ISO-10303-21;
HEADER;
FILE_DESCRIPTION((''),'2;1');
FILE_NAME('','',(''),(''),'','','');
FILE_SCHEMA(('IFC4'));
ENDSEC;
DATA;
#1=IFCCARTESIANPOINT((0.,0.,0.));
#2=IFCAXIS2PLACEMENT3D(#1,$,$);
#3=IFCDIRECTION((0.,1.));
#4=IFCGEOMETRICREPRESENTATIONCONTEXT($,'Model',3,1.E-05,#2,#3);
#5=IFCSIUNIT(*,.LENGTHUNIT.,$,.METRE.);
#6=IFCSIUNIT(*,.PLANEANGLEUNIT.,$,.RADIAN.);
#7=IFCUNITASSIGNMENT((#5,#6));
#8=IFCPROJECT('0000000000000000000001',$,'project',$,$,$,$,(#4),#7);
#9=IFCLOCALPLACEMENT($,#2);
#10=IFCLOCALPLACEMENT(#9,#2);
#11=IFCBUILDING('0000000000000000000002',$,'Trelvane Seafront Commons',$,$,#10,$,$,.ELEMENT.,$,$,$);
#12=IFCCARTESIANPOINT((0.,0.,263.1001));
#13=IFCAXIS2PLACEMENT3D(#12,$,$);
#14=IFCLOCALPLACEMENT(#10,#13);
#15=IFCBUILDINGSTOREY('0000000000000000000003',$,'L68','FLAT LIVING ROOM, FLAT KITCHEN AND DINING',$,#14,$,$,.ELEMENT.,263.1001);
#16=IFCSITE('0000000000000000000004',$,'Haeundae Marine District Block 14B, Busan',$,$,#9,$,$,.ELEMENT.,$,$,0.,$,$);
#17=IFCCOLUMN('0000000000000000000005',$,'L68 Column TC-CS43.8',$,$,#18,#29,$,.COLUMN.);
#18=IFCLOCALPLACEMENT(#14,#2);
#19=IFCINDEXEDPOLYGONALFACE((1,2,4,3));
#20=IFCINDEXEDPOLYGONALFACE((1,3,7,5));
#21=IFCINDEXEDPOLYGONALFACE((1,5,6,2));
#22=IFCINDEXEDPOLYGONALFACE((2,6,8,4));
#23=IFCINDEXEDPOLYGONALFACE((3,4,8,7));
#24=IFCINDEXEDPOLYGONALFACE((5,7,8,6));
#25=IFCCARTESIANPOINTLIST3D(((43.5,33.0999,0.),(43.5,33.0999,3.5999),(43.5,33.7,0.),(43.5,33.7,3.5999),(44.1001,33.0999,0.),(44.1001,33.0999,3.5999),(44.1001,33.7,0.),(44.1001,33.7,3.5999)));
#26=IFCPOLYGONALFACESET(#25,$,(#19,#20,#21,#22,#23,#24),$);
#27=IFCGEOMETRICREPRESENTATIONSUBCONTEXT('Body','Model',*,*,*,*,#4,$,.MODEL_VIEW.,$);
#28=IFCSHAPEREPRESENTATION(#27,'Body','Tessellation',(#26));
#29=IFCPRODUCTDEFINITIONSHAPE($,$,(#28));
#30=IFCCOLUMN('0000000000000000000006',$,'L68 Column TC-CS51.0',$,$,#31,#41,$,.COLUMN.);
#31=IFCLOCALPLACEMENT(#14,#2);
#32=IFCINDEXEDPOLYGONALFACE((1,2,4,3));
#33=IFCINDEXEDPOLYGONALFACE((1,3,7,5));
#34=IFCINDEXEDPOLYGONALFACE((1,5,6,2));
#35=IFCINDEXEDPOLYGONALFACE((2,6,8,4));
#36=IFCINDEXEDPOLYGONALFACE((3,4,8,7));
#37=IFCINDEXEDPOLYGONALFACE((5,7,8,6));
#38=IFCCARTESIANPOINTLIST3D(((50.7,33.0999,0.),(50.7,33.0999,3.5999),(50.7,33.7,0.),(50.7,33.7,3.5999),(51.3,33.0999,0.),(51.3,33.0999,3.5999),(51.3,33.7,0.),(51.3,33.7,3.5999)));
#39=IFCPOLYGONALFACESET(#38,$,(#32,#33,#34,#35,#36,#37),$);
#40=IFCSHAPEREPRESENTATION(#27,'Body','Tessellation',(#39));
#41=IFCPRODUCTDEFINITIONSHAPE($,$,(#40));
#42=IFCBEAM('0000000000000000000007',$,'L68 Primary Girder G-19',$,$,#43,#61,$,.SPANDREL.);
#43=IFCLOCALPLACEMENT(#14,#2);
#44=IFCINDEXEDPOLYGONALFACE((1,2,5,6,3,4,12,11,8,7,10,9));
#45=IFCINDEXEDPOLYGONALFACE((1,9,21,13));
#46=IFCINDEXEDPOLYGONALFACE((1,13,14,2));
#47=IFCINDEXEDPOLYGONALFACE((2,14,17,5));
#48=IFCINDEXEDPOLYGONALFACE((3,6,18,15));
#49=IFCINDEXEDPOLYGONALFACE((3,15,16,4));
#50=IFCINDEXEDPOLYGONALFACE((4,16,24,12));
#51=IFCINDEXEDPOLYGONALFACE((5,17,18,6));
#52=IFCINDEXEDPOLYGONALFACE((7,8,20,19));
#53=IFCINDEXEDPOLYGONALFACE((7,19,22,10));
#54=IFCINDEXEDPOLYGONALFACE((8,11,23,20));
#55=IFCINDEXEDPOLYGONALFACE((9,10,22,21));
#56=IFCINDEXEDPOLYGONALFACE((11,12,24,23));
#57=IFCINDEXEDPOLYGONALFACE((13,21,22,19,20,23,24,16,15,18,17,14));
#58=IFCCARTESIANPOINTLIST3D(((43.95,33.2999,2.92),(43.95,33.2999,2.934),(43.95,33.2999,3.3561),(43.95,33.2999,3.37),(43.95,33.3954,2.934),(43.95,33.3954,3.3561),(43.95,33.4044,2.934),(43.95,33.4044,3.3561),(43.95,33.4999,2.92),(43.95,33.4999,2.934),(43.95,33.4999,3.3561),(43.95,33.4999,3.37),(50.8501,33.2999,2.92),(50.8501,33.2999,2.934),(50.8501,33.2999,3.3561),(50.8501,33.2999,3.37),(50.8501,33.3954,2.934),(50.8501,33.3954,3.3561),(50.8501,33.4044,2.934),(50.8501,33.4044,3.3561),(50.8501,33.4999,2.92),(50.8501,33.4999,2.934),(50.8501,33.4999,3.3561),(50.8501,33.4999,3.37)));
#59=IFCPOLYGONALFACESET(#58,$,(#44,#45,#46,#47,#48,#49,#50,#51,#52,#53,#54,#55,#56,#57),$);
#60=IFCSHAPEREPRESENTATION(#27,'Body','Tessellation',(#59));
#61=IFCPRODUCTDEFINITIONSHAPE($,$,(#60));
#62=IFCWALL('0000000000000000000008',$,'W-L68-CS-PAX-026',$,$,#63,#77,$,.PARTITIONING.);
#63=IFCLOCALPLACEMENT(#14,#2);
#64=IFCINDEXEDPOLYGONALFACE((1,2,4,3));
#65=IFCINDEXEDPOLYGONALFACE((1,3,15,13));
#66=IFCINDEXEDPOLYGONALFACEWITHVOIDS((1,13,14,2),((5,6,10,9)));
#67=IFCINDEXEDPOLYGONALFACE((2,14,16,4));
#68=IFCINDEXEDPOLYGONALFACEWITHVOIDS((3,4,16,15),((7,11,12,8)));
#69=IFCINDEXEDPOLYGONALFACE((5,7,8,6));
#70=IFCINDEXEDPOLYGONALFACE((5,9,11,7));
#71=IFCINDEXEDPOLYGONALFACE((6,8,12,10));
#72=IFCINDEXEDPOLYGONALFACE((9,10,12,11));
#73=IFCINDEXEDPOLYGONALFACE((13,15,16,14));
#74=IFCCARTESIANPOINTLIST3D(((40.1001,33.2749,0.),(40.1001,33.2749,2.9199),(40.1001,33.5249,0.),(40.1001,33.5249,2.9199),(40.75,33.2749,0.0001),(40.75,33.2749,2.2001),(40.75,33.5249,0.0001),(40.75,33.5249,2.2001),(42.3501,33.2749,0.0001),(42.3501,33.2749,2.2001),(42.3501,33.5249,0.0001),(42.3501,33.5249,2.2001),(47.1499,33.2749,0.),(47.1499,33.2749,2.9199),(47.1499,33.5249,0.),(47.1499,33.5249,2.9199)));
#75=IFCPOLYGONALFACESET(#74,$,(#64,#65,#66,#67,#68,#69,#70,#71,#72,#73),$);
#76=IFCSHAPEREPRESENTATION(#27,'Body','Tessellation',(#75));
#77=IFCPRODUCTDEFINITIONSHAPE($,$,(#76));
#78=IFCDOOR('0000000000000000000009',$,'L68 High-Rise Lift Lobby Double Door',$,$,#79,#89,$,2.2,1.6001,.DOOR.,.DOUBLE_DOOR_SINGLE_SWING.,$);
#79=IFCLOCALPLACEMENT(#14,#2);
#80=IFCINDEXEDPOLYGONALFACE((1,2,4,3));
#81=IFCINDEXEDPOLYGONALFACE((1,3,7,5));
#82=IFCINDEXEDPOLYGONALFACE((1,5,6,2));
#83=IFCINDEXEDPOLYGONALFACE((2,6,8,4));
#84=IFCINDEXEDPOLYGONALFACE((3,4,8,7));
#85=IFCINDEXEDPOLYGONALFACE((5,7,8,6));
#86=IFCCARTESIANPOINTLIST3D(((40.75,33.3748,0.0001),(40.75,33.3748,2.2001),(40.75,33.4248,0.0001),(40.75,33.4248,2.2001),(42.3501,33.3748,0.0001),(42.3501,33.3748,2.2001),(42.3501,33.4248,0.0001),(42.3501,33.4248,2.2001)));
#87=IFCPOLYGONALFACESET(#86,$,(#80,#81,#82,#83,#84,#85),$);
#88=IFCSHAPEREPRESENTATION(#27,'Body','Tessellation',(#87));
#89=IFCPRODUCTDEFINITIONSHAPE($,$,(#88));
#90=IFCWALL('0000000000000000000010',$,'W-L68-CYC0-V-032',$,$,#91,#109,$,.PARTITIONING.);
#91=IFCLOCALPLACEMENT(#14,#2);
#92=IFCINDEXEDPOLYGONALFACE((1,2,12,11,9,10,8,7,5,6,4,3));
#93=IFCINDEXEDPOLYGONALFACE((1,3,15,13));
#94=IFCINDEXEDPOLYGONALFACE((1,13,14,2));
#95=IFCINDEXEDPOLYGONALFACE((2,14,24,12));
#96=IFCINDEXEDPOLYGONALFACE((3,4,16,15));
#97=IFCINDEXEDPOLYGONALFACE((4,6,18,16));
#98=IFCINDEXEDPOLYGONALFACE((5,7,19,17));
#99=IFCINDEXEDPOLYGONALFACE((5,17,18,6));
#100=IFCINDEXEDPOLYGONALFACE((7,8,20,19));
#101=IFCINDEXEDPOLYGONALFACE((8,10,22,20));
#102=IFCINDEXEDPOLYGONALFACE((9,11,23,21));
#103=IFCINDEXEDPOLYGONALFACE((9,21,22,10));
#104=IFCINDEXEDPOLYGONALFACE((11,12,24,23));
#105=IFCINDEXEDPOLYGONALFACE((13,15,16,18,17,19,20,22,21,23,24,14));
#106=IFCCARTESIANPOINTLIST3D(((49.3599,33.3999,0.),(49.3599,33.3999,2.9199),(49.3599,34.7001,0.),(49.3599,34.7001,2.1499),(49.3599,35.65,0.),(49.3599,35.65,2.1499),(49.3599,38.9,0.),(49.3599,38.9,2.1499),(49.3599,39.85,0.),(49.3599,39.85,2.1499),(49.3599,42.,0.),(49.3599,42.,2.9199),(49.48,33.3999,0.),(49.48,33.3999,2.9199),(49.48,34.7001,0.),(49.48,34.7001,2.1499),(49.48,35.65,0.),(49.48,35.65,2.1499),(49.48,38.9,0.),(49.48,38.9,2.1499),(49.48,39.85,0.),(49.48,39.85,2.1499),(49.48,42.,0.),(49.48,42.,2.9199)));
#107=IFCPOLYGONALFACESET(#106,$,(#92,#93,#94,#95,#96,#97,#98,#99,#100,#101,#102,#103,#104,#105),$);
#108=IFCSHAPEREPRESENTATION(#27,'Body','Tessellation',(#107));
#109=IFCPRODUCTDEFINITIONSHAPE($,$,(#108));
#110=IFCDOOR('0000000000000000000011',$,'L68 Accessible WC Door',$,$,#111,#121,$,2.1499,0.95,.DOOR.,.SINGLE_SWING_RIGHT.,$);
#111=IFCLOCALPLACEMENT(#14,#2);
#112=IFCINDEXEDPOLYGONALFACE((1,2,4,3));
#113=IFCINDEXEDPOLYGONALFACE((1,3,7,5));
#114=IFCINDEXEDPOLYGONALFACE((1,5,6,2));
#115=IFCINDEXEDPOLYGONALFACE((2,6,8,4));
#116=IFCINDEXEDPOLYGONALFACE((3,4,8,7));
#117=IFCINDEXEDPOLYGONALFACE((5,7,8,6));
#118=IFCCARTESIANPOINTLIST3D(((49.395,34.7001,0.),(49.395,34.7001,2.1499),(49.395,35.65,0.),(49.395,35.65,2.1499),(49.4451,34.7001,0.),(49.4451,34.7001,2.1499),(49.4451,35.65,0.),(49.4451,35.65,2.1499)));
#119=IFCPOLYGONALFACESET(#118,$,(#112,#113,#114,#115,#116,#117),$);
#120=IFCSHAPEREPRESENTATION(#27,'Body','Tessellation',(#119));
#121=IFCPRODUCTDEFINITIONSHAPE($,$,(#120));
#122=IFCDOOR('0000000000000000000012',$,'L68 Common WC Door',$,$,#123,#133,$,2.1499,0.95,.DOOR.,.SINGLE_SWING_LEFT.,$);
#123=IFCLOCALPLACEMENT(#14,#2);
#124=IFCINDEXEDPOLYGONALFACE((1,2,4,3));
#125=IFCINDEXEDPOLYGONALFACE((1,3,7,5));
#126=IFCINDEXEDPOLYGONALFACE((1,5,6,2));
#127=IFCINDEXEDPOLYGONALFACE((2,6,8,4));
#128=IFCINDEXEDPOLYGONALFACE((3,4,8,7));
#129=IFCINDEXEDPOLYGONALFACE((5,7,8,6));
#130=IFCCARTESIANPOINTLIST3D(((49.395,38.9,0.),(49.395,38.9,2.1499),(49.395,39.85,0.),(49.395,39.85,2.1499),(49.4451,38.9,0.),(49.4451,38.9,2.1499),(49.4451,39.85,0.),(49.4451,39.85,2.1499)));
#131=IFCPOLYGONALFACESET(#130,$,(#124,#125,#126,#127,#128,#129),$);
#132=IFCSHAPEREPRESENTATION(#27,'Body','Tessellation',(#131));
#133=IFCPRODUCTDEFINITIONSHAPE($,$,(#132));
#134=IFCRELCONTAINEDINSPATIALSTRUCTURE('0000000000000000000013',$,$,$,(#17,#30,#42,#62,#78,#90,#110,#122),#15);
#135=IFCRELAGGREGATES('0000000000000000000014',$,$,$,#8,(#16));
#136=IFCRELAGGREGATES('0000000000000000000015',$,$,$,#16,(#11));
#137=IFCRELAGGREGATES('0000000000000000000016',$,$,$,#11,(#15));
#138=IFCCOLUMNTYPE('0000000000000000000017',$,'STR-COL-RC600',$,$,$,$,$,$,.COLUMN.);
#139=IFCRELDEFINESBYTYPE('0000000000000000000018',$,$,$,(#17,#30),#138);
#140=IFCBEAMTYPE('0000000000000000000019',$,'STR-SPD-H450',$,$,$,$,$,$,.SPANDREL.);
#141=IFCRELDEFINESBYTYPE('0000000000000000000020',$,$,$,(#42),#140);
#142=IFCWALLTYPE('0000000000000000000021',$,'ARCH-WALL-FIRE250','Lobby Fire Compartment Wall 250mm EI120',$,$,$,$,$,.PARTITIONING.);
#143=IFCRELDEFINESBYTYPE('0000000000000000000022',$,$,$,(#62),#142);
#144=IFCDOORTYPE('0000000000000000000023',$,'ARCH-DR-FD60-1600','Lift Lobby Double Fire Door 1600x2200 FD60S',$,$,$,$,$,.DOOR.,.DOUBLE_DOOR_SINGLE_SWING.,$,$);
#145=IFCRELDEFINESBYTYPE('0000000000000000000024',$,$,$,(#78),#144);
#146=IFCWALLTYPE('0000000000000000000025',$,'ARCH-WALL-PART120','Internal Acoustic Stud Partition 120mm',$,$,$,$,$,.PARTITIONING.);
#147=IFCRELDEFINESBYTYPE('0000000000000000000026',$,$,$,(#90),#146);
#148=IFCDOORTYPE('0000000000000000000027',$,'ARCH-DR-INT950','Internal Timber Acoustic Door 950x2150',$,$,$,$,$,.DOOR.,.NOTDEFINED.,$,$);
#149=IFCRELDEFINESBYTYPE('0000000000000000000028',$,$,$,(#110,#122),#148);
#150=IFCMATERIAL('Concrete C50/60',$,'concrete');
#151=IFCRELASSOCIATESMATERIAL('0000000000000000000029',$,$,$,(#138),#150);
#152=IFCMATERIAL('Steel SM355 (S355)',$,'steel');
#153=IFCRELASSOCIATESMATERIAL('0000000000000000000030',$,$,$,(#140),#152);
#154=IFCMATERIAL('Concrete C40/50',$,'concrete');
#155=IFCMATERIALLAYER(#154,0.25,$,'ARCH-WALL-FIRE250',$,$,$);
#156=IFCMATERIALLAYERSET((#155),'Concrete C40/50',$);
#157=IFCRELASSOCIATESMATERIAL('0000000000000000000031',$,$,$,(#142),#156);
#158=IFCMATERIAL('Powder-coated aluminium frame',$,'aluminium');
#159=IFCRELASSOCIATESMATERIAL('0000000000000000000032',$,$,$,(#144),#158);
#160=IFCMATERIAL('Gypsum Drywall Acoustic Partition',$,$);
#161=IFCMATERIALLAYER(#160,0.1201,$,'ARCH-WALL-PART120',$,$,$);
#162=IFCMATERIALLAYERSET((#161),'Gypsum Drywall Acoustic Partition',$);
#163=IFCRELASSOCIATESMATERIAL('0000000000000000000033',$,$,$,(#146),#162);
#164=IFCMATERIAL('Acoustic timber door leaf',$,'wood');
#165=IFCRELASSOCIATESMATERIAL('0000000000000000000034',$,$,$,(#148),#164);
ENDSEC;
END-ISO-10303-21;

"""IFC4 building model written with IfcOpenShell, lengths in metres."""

from ifc_helpers import new_model, si_unit, direction, frame, frame_2d, origin, origin_2d, place, context, subcontext, project, spatial, rectangle, i_section, extrude, source, transform, mapped, material, layer, layer_set, material_profile, profile_set, type_object, element, fill, save


model = new_model("IFC4")

# Units and contexts
model_context = context("Model", 3, precision=1e-05, world=origin(), true_north=direction((0.0, 1.0)))
body_context = subcontext(model_context, "Body", "Model", "MODEL_VIEW")
ifc_project = project(units=[si_unit("LENGTHUNIT", "METRE"), si_unit("PLANEANGLEUNIT", "RADIAN")], contexts=[model_context])

# Site, building, storey
site_placement = place(None, origin())
site = spatial("IfcSite", under=ifc_project, at=site_placement, Name="Haeundae Marine District Block 14B, Busan", CompositionType="ELEMENT", RefElevation=0.0)
building_placement = place(site_placement, origin())
building = spatial("IfcBuilding", under=site, at=building_placement, Name="Trelvane Seafront Commons", CompositionType="ELEMENT")
storey_placement = place(building_placement, frame((0.0, 0.0, 263.1001)))
storey = spatial("IfcBuildingStorey", under=building, at=storey_placement, Name="L68", Description="FLAT LIVING ROOM, FLAT KITCHEN AND DINING", CompositionType="ELEMENT", Elevation=263.1001)

# Columns
ifc_material_1 = material(Name="Concrete C50/60", Category="concrete")
ifc_material_profile_1 = material_profile(ifc_material_1, rectangle(XDim=0.6001, YDim=0.6001, at=origin_2d()), Name="RC-600x600")
ifc_profile_set_1 = profile_set([ifc_material_profile_1], Name="Concrete C50/60")
column_type = type_object("IfcColumnType", Name="STR-COL-RC600", PredefinedType="COLUMN", material=ifc_profile_set_1)
shared_shape_1 = source(origin(), body_context, "Body", "SweptSolid", [
    extrude(rectangle(XDim=0.6001, YDim=0.6001, at=origin_2d()), origin(), (0.0, 0.0, 1.0), 3.5999),
])
for number, where, z_axis, x_axis, name in (
    (1, (43.8, 33.3999, 0.0), (0.0, 0.0, 1.0), (1.0, 0.0, 0.0), "L68 Column TC-CS43.8"),
    (2, (51.0, 33.3999, 0.0), (0.0, 0.0, 1.0), (1.0, 0.0, 0.0), "L68 Column TC-CS51.0"),
):
    element("IfcColumn", number, at=place(storey_placement, frame(where, z_axis=z_axis, x_axis=x_axis)), inside=storey, type_object=column_type, Name=name, PredefinedType="COLUMN", context=body_context, shape_type="MappedRepresentation", body=[
        mapped(shared_shape_1, transform((0.0, 0.0, 0.0), x_axis=(1.0, 0.0, 0.0), y_axis=(0.0, 1.0, 0.0), z_axis=(0.0, 0.0, 1.0), scale=1.0)),
    ])

# Beam
ifc_material_2 = material(Name="Steel SM355 (S355)", Category="steel")
ifc_material_profile_2 = material_profile(ifc_material_2, i_section(OverallWidth=0.2, OverallDepth=0.45, WebThickness=0.009, FlangeThickness=0.0139, at=origin_2d()), Name="H-450x200x9x14")
ifc_profile_set_2 = profile_set([ifc_material_profile_2], Name="Steel SM355 (S355)")
beam_type = type_object("IfcBeamType", Name="STR-SPD-H450", PredefinedType="SPANDREL", material=ifc_profile_set_2)
shared_shape_2 = source(origin(), body_context, "Body", "SweptSolid", [
    extrude(i_section(OverallWidth=0.2, OverallDepth=0.45, WebThickness=0.009, FlangeThickness=0.0139, at=origin_2d()), origin(), (0.0, 0.0, 1.0), 6.9001),
])
beam_placement = place(storey_placement, frame((43.95, 33.3999, 3.145), z_axis=(1.0, 0.0, 0.0), x_axis=(0.0, 1.0, 0.0)))
element("IfcBeam", 3, at=beam_placement, inside=storey, type_object=beam_type, Name="L68 Primary Girder G-19", PredefinedType="SPANDREL", context=body_context, shape_type="MappedRepresentation", body=[
    mapped(shared_shape_2, transform((0.0, 0.0, 0.0), x_axis=(1.0, 0.0, 0.0), y_axis=(0.0, 1.0, 0.0), z_axis=(0.0, 0.0, 1.0), scale=1.0)),
])

# Wall, opening, door
ifc_material_3 = material(Name="Concrete C40/50", Category="concrete")
ifc_layer_1 = layer(ifc_material_3, 0.25, Name="ARCH-WALL-FIRE250")
ifc_layer_set_1 = layer_set([ifc_layer_1], Name="Concrete C40/50")
wall_type_1 = type_object("IfcWallType", Name="ARCH-WALL-FIRE250", Description="Lobby Fire Compartment Wall 250mm EI120", PredefinedType="PARTITIONING", material=ifc_layer_set_1)
wall_1_placement = place(storey_placement, frame((40.1001, 33.3999, 0.0), z_axis=(0.0, 0.0, 1.0), x_axis=(1.0, 0.0, 0.0)))
wall_1 = element("IfcWall", 4, at=wall_1_placement, inside=storey, type_object=wall_type_1, Name="W-L68-CS-PAX-026", PredefinedType="PARTITIONING", context=body_context, shape_type="SweptSolid", body=[
    extrude(rectangle(XDim=7.0498, YDim=0.25, at=frame_2d((3.5249, 0.0))), origin(), (0.0, 0.0, 1.0), 2.9199),
])
opening_1_placement = place(wall_1_placement, frame((0.6499, 0.0, 0.0)))
opening_1 = element("IfcOpeningElement", 5, at=opening_1_placement, cuts=wall_1, PredefinedType="OPENING", context=body_context, shape_type="SweptSolid", body=[
    extrude(rectangle(XDim=1.6001, YDim=2.2, at=frame_2d((0.8, 1.1001))), frame((0.0, 0.135, 0.0), z_axis=(0.0, -1.0, 0.0), x_axis=(1.0, 0.0, 0.0)), (0.0, 0.0, 1.0), 0.27),
])
ifc_material_4 = material(Name="Powder-coated aluminium frame", Category="aluminium")
door_type_1 = type_object("IfcDoorType", Name="ARCH-DR-FD60-1600", Description="Lift Lobby Double Fire Door 1600x2200 FD60S", OperationType="DOUBLE_DOOR_SINGLE_SWING", PredefinedType="DOOR", material=ifc_material_4)
shared_shape_3 = source(origin(), body_context, "Body", "SweptSolid", [
    extrude(rectangle(XDim=1.6001, YDim=2.2, at=frame_2d((0.8, 1.1001))), frame((0.0, 0.0249, 0.0), z_axis=(0.0, -1.0, 0.0), x_axis=(1.0, 0.0, 0.0)), (0.0, 0.0, 1.0), 0.05),
])
door_1_placement = place(opening_1_placement, origin())
door_1 = element("IfcDoor", 6, at=door_1_placement, inside=storey, type_object=door_type_1, Name="L68 High-Rise Lift Lobby Double Door", OperationType="DOUBLE_DOOR_SINGLE_SWING", OverallHeight=2.2, OverallWidth=1.6001, PredefinedType="DOOR", context=body_context, shape_type="MappedRepresentation", body=[
    mapped(shared_shape_3, transform((0.0, 0.0, 0.0), x_axis=(1.0, 0.0, 0.0), y_axis=(0.0, 1.0, 0.0), z_axis=(0.0, 0.0, 1.0), scale=1.0)),
])
fill(opening_1, door_1)

# Wall, openings, doors
shared_shape_4 = source(origin(), body_context, "Body", "SweptSolid", [
    extrude(rectangle(XDim=0.95, YDim=2.1499, at=frame_2d((0.4751, 1.075))), frame((0.0, 0.0249, 0.0), z_axis=(0.0, -1.0, 0.0), x_axis=(1.0, 0.0, 0.0)), (0.0, 0.0, 1.0), 0.05),
])
ifc_material_5 = material(Name="Gypsum Drywall Acoustic Partition")
ifc_layer_2 = layer(ifc_material_5, 0.1201, Name="ARCH-WALL-PART120")
ifc_layer_set_2 = layer_set([ifc_layer_2], Name="Gypsum Drywall Acoustic Partition")
wall_type_2 = type_object("IfcWallType", Name="ARCH-WALL-PART120", Description="Internal Acoustic Stud Partition 120mm", PredefinedType="PARTITIONING", material=ifc_layer_set_2)
wall_2_placement = place(storey_placement, frame((49.4199, 33.3999, 0.0), z_axis=(0.0, 0.0, 1.0), x_axis=(0.0, 1.0, 0.0)))
wall_2 = element("IfcWall", 7, at=wall_2_placement, inside=storey, type_object=wall_type_2, Name="W-L68-CYC0-V-032", PredefinedType="PARTITIONING", context=body_context, shape_type="SweptSolid", body=[
    extrude(rectangle(XDim=8.6001, YDim=0.1201, at=frame_2d((4.3, 0.0))), origin(), (0.0, 0.0, 1.0), 2.9199),
])
opening_2_placement = place(wall_2_placement, frame((1.3, 0.0, 0.0)))
opening_2 = element("IfcOpeningElement", 8, at=opening_2_placement, cuts=wall_2, PredefinedType="OPENING", context=body_context, shape_type="SweptSolid", body=[
    extrude(rectangle(XDim=0.95, YDim=2.1499, at=frame_2d((0.4751, 1.075))), frame((0.0, 0.0701, 0.0), z_axis=(0.0, -1.0, 0.0), x_axis=(1.0, 0.0, 0.0)), (0.0, 0.0, 1.0), 0.1401),
])
opening_3_placement = place(wall_2_placement, frame((5.5, 0.0, 0.0)))
opening_3 = element("IfcOpeningElement", 9, at=opening_3_placement, cuts=wall_2, PredefinedType="OPENING", context=body_context, shape_type="SweptSolid", body=[
    extrude(rectangle(XDim=0.95, YDim=2.1499, at=frame_2d((0.4751, 1.075))), frame((0.0, 0.0701, 0.0), z_axis=(0.0, -1.0, 0.0), x_axis=(1.0, 0.0, 0.0)), (0.0, 0.0, 1.0), 0.1401),
])
ifc_material_6 = material(Name="Acoustic timber door leaf", Category="wood")
door_type_2 = type_object("IfcDoorType", Name="ARCH-DR-INT950", Description="Internal Timber Acoustic Door 950x2150", OperationType="NOTDEFINED", PredefinedType="DOOR", material=ifc_material_6)
door_2_placement = place(opening_2_placement, origin())
door_2 = element("IfcDoor", 10, at=door_2_placement, inside=storey, type_object=door_type_2, Name="L68 Accessible WC Door", OperationType="SINGLE_SWING_RIGHT", OverallHeight=2.1499, OverallWidth=0.95, PredefinedType="DOOR", context=body_context, shape_type="MappedRepresentation", body=[
    mapped(shared_shape_4, transform((0.0, 0.0, 0.0), x_axis=(1.0, 0.0, 0.0), y_axis=(0.0, 1.0, 0.0), z_axis=(0.0, 0.0, 1.0), scale=1.0)),
])
fill(opening_2, door_2)
door_3_placement = place(opening_3_placement, origin())
door_3 = element("IfcDoor", 11, at=door_3_placement, inside=storey, type_object=door_type_2, Name="L68 Common WC Door", OperationType="SINGLE_SWING_LEFT", OverallHeight=2.1499, OverallWidth=0.95, PredefinedType="DOOR", context=body_context, shape_type="MappedRepresentation", body=[
    mapped(shared_shape_4, transform((0.0, 0.0, 0.0), x_axis=(1.0, 0.0, 0.0), y_axis=(0.0, 1.0, 0.0), z_axis=(0.0, 0.0, 1.0), scale=1.0)),
])
fill(opening_3, door_3)

save(model, "model.ifc")
